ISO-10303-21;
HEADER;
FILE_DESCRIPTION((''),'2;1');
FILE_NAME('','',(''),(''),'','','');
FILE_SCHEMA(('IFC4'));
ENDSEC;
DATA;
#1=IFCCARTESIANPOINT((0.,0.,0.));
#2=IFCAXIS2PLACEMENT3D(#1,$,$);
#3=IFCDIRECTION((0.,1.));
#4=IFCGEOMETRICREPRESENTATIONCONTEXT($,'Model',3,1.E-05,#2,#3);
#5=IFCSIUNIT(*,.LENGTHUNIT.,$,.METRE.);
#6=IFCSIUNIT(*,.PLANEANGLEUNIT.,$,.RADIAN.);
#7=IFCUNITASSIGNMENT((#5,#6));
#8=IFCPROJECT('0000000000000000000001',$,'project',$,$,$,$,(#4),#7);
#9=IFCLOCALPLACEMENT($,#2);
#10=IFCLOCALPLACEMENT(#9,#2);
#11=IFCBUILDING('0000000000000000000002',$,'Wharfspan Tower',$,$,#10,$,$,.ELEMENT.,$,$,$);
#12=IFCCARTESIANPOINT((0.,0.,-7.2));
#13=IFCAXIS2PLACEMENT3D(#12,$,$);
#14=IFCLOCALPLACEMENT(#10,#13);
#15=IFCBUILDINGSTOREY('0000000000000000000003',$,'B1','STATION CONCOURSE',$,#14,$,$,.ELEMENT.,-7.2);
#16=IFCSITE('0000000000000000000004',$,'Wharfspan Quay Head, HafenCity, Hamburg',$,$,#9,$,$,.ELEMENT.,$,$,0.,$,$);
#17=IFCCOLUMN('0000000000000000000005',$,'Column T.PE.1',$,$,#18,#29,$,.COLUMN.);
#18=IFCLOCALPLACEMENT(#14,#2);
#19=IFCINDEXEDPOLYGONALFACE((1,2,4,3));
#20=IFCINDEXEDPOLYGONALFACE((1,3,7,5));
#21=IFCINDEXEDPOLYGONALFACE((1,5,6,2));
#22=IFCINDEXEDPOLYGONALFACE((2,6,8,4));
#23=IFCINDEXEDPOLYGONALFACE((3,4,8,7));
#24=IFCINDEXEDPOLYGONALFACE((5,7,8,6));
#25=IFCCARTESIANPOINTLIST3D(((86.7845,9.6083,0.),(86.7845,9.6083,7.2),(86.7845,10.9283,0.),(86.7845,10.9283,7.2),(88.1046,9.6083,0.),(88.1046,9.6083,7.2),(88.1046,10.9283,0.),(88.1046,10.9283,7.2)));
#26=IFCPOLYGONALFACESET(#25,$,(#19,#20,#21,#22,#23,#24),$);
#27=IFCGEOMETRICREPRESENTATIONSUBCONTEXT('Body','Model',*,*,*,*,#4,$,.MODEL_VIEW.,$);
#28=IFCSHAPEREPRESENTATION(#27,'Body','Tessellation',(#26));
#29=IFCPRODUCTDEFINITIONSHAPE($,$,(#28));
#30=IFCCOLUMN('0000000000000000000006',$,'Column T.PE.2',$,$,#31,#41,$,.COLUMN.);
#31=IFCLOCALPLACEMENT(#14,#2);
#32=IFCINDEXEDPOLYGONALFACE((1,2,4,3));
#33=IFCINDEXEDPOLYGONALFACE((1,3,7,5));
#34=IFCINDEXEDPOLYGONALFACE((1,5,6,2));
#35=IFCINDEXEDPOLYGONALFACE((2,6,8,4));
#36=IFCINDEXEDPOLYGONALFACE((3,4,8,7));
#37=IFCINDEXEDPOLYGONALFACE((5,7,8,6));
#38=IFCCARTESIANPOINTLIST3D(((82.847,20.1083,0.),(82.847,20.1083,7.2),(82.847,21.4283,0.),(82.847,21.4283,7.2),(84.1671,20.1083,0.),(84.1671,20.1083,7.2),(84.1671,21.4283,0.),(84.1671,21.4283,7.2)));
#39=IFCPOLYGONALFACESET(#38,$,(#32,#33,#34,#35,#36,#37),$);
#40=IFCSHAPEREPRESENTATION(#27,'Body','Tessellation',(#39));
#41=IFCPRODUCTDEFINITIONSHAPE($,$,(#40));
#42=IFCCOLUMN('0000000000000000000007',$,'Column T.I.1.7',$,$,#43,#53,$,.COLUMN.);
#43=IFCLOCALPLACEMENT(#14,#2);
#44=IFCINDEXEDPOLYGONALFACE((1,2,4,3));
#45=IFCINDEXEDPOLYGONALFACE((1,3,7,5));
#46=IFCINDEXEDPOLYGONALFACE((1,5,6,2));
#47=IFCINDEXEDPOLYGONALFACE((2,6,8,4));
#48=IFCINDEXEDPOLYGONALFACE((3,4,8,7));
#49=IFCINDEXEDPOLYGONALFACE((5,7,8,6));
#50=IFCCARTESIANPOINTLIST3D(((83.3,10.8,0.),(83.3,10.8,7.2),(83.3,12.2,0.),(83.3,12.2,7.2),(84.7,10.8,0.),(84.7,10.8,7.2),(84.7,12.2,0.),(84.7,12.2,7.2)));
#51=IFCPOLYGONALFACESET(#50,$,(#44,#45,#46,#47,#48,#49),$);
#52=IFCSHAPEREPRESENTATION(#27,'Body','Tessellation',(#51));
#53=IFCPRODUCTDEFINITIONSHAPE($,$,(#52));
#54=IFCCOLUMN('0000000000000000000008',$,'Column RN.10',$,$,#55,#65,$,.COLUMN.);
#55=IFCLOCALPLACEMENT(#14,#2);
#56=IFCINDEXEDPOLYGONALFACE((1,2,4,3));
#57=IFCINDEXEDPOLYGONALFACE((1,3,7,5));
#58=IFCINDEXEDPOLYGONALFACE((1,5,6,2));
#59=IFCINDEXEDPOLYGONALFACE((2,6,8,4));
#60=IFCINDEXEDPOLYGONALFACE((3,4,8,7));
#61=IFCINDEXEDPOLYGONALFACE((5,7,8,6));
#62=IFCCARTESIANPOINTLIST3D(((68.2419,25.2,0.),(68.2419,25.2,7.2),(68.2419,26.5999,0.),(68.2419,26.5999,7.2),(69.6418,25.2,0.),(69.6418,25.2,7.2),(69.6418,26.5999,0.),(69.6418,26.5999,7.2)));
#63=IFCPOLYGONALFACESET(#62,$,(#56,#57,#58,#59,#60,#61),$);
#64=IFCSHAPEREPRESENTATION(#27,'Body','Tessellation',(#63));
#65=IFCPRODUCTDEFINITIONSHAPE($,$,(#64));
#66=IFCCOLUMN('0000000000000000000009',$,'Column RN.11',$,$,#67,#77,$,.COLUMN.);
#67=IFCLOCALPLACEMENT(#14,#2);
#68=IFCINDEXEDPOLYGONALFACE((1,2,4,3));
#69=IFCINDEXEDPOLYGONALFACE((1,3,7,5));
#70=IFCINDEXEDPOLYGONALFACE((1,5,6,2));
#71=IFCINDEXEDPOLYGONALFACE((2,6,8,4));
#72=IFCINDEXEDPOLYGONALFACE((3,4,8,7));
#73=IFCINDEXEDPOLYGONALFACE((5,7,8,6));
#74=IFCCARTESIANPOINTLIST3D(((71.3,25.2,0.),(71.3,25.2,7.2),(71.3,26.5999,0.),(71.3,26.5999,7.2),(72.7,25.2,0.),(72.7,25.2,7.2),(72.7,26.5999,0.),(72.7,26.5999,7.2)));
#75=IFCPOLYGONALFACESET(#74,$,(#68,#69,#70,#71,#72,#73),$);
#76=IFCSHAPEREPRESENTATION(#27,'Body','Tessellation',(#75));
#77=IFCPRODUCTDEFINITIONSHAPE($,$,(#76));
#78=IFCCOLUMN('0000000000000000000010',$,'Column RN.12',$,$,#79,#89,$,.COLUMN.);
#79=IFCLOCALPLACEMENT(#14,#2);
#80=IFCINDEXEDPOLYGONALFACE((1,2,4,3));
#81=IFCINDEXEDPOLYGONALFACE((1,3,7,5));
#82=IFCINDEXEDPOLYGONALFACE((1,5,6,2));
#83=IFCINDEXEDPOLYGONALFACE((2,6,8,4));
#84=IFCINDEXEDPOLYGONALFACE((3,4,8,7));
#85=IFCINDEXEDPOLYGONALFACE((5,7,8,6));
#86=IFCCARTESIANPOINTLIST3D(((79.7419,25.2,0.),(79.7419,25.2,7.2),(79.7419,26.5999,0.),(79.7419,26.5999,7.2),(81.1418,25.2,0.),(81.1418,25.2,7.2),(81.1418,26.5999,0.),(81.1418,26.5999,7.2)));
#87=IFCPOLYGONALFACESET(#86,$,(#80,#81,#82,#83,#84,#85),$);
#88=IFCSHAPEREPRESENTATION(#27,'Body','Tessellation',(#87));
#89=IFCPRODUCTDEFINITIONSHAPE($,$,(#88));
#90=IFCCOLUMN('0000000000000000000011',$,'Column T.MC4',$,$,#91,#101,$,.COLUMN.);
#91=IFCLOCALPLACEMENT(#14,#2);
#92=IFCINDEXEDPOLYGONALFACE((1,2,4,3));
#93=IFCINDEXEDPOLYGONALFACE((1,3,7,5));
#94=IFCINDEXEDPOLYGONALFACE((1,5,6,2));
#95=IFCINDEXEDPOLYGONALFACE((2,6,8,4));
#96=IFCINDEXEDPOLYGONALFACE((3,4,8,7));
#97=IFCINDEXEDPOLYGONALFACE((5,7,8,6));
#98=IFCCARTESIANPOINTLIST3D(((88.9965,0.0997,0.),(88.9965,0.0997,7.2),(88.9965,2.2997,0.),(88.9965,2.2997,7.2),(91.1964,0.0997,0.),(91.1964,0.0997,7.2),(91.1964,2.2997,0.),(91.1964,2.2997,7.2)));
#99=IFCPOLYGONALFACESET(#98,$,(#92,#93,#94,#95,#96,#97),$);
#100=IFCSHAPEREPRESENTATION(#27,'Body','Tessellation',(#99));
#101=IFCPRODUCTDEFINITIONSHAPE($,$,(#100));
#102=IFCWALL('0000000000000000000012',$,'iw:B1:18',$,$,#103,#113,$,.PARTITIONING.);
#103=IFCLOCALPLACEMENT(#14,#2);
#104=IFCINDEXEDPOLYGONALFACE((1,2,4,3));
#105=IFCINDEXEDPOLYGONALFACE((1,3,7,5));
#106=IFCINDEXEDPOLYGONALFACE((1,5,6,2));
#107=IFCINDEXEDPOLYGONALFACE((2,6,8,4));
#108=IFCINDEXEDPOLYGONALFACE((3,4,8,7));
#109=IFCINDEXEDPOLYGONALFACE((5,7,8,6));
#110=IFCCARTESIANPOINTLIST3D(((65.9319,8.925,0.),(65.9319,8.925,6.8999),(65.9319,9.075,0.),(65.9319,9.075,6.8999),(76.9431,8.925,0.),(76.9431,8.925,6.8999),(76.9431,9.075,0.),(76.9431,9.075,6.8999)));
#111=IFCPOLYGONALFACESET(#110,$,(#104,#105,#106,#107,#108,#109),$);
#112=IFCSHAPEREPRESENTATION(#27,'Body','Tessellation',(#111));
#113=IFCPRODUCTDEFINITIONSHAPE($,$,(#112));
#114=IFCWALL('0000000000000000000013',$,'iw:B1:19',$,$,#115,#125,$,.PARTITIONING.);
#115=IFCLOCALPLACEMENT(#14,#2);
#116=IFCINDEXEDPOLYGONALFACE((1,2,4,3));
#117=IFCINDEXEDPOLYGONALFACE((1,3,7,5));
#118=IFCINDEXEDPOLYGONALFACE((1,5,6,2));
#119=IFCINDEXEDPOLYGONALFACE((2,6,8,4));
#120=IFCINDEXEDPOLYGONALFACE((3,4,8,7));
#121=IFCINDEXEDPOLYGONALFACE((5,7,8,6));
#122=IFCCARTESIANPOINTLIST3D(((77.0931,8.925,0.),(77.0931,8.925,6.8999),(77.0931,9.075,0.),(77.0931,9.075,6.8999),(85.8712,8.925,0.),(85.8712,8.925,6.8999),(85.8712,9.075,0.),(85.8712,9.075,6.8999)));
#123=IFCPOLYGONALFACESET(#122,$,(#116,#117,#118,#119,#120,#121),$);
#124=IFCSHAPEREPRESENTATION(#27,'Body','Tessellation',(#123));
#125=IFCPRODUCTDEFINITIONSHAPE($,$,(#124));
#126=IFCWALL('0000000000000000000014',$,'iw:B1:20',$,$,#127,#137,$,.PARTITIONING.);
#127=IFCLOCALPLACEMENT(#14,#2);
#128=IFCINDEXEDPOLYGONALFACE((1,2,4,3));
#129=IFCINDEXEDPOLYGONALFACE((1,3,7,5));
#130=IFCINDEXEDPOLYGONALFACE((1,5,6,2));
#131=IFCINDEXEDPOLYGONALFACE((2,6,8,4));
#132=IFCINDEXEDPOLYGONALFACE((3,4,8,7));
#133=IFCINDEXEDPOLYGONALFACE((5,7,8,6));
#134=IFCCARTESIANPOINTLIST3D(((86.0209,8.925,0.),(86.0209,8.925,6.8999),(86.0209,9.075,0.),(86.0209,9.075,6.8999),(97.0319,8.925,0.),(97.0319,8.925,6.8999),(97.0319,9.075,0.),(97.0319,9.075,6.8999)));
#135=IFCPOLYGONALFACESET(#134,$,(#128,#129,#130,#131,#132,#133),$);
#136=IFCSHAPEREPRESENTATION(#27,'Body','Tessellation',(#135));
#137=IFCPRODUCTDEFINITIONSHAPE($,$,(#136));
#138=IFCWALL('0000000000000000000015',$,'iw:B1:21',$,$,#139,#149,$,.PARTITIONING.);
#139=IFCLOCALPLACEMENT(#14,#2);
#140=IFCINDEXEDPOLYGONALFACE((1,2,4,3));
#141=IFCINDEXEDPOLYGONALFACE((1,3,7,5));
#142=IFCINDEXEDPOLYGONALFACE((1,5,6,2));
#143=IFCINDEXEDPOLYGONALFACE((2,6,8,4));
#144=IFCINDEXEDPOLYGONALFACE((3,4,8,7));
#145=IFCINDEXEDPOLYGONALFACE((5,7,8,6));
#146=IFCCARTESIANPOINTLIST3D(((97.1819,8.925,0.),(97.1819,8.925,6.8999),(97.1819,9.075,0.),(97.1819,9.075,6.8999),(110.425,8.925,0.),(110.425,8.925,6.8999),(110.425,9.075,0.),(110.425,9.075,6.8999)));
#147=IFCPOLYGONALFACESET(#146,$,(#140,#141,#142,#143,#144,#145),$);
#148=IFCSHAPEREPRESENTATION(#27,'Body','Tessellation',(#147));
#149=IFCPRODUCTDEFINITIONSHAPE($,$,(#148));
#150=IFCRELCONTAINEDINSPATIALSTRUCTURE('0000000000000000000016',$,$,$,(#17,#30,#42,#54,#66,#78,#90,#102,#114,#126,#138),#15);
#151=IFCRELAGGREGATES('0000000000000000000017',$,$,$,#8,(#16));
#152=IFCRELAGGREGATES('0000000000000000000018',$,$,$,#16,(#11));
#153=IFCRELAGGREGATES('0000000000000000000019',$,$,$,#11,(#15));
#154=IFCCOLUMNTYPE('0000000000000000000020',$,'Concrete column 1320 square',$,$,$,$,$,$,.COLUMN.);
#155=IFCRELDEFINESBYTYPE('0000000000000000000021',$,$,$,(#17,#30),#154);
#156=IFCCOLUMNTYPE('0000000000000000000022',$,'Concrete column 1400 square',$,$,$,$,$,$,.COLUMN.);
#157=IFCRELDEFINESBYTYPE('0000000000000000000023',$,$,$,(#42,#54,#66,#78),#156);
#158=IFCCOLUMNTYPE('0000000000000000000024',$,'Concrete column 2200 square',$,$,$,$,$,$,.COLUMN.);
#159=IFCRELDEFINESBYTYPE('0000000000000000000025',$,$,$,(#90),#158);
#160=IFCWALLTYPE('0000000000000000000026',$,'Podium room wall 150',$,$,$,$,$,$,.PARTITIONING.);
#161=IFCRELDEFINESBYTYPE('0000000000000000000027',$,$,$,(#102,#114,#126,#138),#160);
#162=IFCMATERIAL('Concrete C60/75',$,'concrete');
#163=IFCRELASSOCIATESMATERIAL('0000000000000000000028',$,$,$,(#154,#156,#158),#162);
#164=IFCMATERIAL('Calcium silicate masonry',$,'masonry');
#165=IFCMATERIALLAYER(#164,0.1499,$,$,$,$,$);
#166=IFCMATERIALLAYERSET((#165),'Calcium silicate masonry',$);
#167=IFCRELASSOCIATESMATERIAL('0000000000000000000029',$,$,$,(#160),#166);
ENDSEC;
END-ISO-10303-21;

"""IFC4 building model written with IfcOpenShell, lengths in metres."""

from ifc_helpers import new_model, si_unit, direction, frame, frame_2d, origin, origin_2d, place, context, subcontext, project, spatial, rectangle, extrude, material, layer, layer_set, material_profile, profile_set, type_object, element, save


model = new_model("IFC4")

# Units and contexts
model_context = context("Model", 3, precision=1e-05, world=origin(), true_north=direction((0.0, 1.0)))
body_context = subcontext(model_context, "Body", "Model", "MODEL_VIEW")
ifc_project = project(units=[si_unit("LENGTHUNIT", "METRE"), si_unit("PLANEANGLEUNIT", "RADIAN")], contexts=[model_context])

# Site, building, storey
site_placement = place(None, origin())
site = spatial("IfcSite", under=ifc_project, at=site_placement, Name="Wharfspan Quay Head, HafenCity, Hamburg", CompositionType="ELEMENT", RefElevation=0.0)
building_placement = place(site_placement, origin())
building = spatial("IfcBuilding", under=site, at=building_placement, Name="Wharfspan Tower", CompositionType="ELEMENT")
storey_placement = place(building_placement, frame((0.0, 0.0, -7.2)))
storey = spatial("IfcBuildingStorey", under=building, at=storey_placement, Name="B1", Description="STATION CONCOURSE", CompositionType="ELEMENT", Elevation=-7.2)

# Columns
ifc_material_1 = material(Name="Concrete C60/75", Category="concrete")
ifc_material_profile_1 = material_profile(ifc_material_1, rectangle(XDim=1.3201, YDim=1.3201, at=origin_2d()))
ifc_profile_set_1 = profile_set([ifc_material_profile_1], Name="Concrete C60/75")
column_type_1 = type_object("IfcColumnType", Name="Concrete column 1320 square", PredefinedType="COLUMN", material=ifc_profile_set_1)
for number, where, z_axis, x_axis, name in (
    (1, (87.4446, 10.2683, 0.0), (0.0, 0.0, 1.0), (1.0, 0.0, 0.0), "Column T.PE.1"),
    (2, (83.5071, 20.7683, 0.0), (0.0, 0.0, 1.0), (1.0, 0.0, 0.0), "Column T.PE.2"),
):
    element("IfcColumn", number, at=place(storey_placement, frame(where, z_axis=z_axis, x_axis=x_axis)), inside=storey, type_object=column_type_1, Name=name, PredefinedType="COLUMN", context=body_context, shape_type="SweptSolid", body=[
        extrude(rectangle(XDim=1.3201, YDim=1.3201, at=origin_2d()), origin(), (0.0, 0.0, 1.0), 7.2),
    ])
ifc_material_profile_2 = material_profile(ifc_material_1, rectangle(XDim=1.3999, YDim=1.3999, at=origin_2d()))
ifc_profile_set_2 = profile_set([ifc_material_profile_2], Name="Concrete C60/75")
column_type_2 = type_object("IfcColumnType", Name="Concrete column 1400 square", PredefinedType="COLUMN", material=ifc_profile_set_2)
for number, where, z_axis, x_axis, name in (
    (3, (84.0, 11.5, 0.0), (0.0, 0.0, 1.0), (1.0, 0.0, 0.0), "Column T.I.1.7"),
    (4, (68.9419, 25.8999, 0.0), (0.0, 0.0, 1.0), (1.0, 0.0, 0.0), "Column RN.10"),
    (5, (72.0, 25.8999, 0.0), (0.0, 0.0, 1.0), (1.0, 0.0, 0.0), "Column RN.11"),
    (6, (80.4419, 25.8999, 0.0), (0.0, 0.0, 1.0), (1.0, 0.0, 0.0), "Column RN.12"),
):
    element("IfcColumn", number, at=place(storey_placement, frame(where, z_axis=z_axis, x_axis=x_axis)), inside=storey, type_object=column_type_2, Name=name, PredefinedType="COLUMN", context=body_context, shape_type="SweptSolid", body=[
        extrude(rectangle(XDim=1.3999, YDim=1.3999, at=origin_2d()), origin(), (0.0, 0.0, 1.0), 7.2),
    ])
ifc_material_profile_3 = material_profile(ifc_material_1, rectangle(XDim=2.2, YDim=2.2, at=origin_2d()))
ifc_profile_set_3 = profile_set([ifc_material_profile_3], Name="Concrete C60/75")
column_type_3 = type_object("IfcColumnType", Name="Concrete column 2200 square", PredefinedType="COLUMN", material=ifc_profile_set_3)
column_placement = place(storey_placement, frame((90.0964, 1.1997, 0.0), z_axis=(0.0, 0.0, 1.0), x_axis=(1.0, 0.0, 0.0)))
element("IfcColumn", 7, at=column_placement, inside=storey, type_object=column_type_3, Name="Column T.MC4", PredefinedType="COLUMN", context=body_context, shape_type="SweptSolid", body=[
    extrude(rectangle(XDim=2.2, YDim=2.2, at=origin_2d()), origin(), (0.0, 0.0, 1.0), 7.2),
])

# Walls
ifc_material_2 = material(Name="Calcium silicate masonry", Category="masonry")
ifc_layer = layer(ifc_material_2, 0.1499)
ifc_layer_set = layer_set([ifc_layer], Name="Calcium silicate masonry")
wall_type = type_object("IfcWallType", Name="Podium room wall 150", PredefinedType="PARTITIONING", material=ifc_layer_set)
wall_1_placement = place(storey_placement, frame((65.9319, 9.0, 0.0), z_axis=(0.0, 0.0, 1.0), x_axis=(1.0, 0.0, 0.0)))
element("IfcWall", 8, at=wall_1_placement, inside=storey, type_object=wall_type, Name="iw:B1:18", PredefinedType="PARTITIONING", context=body_context, shape_type="SweptSolid", body=[
    extrude(rectangle(XDim=11.0112, YDim=0.1499, at=frame_2d((5.5056, 0.0))), origin(), (0.0, 0.0, 1.0), 6.8999),
])
wall_2_placement = place(storey_placement, frame((77.093, 9.0, 0.0), z_axis=(0.0, 0.0, 1.0), x_axis=(1.0, 0.0, 0.0)))
element("IfcWall", 9, at=wall_2_placement, inside=storey, type_object=wall_type, Name="iw:B1:19", PredefinedType="PARTITIONING", context=body_context, shape_type="SweptSolid", body=[
    extrude(rectangle(XDim=8.7781, YDim=0.1499, at=frame_2d((4.3892, 0.0))), origin(), (0.0, 0.0, 1.0), 6.8999),
])
wall_3_placement = place(storey_placement, frame((86.021, 9.0, 0.0), z_axis=(0.0, 0.0, 1.0), x_axis=(1.0, 0.0, 0.0)))
element("IfcWall", 10, at=wall_3_placement, inside=storey, type_object=wall_type, Name="iw:B1:20", PredefinedType="PARTITIONING", context=body_context, shape_type="SweptSolid", body=[
    extrude(rectangle(XDim=11.011, YDim=0.1499, at=frame_2d((5.5054, 0.0))), origin(), (0.0, 0.0, 1.0), 6.8999),
])
wall_4_placement = place(storey_placement, frame((97.1819, 9.0, 0.0), z_axis=(0.0, 0.0, 1.0), x_axis=(1.0, 0.0, 0.0)))
element("IfcWall", 11, at=wall_4_placement, inside=storey, type_object=wall_type, Name="iw:B1:21", PredefinedType="PARTITIONING", context=body_context, shape_type="SweptSolid", body=[
    extrude(rectangle(XDim=13.2432, YDim=0.1499, at=frame_2d((6.6216, 0.0))), origin(), (0.0, 0.0, 1.0), 6.8999),
])

save(model, "model.ifc")
